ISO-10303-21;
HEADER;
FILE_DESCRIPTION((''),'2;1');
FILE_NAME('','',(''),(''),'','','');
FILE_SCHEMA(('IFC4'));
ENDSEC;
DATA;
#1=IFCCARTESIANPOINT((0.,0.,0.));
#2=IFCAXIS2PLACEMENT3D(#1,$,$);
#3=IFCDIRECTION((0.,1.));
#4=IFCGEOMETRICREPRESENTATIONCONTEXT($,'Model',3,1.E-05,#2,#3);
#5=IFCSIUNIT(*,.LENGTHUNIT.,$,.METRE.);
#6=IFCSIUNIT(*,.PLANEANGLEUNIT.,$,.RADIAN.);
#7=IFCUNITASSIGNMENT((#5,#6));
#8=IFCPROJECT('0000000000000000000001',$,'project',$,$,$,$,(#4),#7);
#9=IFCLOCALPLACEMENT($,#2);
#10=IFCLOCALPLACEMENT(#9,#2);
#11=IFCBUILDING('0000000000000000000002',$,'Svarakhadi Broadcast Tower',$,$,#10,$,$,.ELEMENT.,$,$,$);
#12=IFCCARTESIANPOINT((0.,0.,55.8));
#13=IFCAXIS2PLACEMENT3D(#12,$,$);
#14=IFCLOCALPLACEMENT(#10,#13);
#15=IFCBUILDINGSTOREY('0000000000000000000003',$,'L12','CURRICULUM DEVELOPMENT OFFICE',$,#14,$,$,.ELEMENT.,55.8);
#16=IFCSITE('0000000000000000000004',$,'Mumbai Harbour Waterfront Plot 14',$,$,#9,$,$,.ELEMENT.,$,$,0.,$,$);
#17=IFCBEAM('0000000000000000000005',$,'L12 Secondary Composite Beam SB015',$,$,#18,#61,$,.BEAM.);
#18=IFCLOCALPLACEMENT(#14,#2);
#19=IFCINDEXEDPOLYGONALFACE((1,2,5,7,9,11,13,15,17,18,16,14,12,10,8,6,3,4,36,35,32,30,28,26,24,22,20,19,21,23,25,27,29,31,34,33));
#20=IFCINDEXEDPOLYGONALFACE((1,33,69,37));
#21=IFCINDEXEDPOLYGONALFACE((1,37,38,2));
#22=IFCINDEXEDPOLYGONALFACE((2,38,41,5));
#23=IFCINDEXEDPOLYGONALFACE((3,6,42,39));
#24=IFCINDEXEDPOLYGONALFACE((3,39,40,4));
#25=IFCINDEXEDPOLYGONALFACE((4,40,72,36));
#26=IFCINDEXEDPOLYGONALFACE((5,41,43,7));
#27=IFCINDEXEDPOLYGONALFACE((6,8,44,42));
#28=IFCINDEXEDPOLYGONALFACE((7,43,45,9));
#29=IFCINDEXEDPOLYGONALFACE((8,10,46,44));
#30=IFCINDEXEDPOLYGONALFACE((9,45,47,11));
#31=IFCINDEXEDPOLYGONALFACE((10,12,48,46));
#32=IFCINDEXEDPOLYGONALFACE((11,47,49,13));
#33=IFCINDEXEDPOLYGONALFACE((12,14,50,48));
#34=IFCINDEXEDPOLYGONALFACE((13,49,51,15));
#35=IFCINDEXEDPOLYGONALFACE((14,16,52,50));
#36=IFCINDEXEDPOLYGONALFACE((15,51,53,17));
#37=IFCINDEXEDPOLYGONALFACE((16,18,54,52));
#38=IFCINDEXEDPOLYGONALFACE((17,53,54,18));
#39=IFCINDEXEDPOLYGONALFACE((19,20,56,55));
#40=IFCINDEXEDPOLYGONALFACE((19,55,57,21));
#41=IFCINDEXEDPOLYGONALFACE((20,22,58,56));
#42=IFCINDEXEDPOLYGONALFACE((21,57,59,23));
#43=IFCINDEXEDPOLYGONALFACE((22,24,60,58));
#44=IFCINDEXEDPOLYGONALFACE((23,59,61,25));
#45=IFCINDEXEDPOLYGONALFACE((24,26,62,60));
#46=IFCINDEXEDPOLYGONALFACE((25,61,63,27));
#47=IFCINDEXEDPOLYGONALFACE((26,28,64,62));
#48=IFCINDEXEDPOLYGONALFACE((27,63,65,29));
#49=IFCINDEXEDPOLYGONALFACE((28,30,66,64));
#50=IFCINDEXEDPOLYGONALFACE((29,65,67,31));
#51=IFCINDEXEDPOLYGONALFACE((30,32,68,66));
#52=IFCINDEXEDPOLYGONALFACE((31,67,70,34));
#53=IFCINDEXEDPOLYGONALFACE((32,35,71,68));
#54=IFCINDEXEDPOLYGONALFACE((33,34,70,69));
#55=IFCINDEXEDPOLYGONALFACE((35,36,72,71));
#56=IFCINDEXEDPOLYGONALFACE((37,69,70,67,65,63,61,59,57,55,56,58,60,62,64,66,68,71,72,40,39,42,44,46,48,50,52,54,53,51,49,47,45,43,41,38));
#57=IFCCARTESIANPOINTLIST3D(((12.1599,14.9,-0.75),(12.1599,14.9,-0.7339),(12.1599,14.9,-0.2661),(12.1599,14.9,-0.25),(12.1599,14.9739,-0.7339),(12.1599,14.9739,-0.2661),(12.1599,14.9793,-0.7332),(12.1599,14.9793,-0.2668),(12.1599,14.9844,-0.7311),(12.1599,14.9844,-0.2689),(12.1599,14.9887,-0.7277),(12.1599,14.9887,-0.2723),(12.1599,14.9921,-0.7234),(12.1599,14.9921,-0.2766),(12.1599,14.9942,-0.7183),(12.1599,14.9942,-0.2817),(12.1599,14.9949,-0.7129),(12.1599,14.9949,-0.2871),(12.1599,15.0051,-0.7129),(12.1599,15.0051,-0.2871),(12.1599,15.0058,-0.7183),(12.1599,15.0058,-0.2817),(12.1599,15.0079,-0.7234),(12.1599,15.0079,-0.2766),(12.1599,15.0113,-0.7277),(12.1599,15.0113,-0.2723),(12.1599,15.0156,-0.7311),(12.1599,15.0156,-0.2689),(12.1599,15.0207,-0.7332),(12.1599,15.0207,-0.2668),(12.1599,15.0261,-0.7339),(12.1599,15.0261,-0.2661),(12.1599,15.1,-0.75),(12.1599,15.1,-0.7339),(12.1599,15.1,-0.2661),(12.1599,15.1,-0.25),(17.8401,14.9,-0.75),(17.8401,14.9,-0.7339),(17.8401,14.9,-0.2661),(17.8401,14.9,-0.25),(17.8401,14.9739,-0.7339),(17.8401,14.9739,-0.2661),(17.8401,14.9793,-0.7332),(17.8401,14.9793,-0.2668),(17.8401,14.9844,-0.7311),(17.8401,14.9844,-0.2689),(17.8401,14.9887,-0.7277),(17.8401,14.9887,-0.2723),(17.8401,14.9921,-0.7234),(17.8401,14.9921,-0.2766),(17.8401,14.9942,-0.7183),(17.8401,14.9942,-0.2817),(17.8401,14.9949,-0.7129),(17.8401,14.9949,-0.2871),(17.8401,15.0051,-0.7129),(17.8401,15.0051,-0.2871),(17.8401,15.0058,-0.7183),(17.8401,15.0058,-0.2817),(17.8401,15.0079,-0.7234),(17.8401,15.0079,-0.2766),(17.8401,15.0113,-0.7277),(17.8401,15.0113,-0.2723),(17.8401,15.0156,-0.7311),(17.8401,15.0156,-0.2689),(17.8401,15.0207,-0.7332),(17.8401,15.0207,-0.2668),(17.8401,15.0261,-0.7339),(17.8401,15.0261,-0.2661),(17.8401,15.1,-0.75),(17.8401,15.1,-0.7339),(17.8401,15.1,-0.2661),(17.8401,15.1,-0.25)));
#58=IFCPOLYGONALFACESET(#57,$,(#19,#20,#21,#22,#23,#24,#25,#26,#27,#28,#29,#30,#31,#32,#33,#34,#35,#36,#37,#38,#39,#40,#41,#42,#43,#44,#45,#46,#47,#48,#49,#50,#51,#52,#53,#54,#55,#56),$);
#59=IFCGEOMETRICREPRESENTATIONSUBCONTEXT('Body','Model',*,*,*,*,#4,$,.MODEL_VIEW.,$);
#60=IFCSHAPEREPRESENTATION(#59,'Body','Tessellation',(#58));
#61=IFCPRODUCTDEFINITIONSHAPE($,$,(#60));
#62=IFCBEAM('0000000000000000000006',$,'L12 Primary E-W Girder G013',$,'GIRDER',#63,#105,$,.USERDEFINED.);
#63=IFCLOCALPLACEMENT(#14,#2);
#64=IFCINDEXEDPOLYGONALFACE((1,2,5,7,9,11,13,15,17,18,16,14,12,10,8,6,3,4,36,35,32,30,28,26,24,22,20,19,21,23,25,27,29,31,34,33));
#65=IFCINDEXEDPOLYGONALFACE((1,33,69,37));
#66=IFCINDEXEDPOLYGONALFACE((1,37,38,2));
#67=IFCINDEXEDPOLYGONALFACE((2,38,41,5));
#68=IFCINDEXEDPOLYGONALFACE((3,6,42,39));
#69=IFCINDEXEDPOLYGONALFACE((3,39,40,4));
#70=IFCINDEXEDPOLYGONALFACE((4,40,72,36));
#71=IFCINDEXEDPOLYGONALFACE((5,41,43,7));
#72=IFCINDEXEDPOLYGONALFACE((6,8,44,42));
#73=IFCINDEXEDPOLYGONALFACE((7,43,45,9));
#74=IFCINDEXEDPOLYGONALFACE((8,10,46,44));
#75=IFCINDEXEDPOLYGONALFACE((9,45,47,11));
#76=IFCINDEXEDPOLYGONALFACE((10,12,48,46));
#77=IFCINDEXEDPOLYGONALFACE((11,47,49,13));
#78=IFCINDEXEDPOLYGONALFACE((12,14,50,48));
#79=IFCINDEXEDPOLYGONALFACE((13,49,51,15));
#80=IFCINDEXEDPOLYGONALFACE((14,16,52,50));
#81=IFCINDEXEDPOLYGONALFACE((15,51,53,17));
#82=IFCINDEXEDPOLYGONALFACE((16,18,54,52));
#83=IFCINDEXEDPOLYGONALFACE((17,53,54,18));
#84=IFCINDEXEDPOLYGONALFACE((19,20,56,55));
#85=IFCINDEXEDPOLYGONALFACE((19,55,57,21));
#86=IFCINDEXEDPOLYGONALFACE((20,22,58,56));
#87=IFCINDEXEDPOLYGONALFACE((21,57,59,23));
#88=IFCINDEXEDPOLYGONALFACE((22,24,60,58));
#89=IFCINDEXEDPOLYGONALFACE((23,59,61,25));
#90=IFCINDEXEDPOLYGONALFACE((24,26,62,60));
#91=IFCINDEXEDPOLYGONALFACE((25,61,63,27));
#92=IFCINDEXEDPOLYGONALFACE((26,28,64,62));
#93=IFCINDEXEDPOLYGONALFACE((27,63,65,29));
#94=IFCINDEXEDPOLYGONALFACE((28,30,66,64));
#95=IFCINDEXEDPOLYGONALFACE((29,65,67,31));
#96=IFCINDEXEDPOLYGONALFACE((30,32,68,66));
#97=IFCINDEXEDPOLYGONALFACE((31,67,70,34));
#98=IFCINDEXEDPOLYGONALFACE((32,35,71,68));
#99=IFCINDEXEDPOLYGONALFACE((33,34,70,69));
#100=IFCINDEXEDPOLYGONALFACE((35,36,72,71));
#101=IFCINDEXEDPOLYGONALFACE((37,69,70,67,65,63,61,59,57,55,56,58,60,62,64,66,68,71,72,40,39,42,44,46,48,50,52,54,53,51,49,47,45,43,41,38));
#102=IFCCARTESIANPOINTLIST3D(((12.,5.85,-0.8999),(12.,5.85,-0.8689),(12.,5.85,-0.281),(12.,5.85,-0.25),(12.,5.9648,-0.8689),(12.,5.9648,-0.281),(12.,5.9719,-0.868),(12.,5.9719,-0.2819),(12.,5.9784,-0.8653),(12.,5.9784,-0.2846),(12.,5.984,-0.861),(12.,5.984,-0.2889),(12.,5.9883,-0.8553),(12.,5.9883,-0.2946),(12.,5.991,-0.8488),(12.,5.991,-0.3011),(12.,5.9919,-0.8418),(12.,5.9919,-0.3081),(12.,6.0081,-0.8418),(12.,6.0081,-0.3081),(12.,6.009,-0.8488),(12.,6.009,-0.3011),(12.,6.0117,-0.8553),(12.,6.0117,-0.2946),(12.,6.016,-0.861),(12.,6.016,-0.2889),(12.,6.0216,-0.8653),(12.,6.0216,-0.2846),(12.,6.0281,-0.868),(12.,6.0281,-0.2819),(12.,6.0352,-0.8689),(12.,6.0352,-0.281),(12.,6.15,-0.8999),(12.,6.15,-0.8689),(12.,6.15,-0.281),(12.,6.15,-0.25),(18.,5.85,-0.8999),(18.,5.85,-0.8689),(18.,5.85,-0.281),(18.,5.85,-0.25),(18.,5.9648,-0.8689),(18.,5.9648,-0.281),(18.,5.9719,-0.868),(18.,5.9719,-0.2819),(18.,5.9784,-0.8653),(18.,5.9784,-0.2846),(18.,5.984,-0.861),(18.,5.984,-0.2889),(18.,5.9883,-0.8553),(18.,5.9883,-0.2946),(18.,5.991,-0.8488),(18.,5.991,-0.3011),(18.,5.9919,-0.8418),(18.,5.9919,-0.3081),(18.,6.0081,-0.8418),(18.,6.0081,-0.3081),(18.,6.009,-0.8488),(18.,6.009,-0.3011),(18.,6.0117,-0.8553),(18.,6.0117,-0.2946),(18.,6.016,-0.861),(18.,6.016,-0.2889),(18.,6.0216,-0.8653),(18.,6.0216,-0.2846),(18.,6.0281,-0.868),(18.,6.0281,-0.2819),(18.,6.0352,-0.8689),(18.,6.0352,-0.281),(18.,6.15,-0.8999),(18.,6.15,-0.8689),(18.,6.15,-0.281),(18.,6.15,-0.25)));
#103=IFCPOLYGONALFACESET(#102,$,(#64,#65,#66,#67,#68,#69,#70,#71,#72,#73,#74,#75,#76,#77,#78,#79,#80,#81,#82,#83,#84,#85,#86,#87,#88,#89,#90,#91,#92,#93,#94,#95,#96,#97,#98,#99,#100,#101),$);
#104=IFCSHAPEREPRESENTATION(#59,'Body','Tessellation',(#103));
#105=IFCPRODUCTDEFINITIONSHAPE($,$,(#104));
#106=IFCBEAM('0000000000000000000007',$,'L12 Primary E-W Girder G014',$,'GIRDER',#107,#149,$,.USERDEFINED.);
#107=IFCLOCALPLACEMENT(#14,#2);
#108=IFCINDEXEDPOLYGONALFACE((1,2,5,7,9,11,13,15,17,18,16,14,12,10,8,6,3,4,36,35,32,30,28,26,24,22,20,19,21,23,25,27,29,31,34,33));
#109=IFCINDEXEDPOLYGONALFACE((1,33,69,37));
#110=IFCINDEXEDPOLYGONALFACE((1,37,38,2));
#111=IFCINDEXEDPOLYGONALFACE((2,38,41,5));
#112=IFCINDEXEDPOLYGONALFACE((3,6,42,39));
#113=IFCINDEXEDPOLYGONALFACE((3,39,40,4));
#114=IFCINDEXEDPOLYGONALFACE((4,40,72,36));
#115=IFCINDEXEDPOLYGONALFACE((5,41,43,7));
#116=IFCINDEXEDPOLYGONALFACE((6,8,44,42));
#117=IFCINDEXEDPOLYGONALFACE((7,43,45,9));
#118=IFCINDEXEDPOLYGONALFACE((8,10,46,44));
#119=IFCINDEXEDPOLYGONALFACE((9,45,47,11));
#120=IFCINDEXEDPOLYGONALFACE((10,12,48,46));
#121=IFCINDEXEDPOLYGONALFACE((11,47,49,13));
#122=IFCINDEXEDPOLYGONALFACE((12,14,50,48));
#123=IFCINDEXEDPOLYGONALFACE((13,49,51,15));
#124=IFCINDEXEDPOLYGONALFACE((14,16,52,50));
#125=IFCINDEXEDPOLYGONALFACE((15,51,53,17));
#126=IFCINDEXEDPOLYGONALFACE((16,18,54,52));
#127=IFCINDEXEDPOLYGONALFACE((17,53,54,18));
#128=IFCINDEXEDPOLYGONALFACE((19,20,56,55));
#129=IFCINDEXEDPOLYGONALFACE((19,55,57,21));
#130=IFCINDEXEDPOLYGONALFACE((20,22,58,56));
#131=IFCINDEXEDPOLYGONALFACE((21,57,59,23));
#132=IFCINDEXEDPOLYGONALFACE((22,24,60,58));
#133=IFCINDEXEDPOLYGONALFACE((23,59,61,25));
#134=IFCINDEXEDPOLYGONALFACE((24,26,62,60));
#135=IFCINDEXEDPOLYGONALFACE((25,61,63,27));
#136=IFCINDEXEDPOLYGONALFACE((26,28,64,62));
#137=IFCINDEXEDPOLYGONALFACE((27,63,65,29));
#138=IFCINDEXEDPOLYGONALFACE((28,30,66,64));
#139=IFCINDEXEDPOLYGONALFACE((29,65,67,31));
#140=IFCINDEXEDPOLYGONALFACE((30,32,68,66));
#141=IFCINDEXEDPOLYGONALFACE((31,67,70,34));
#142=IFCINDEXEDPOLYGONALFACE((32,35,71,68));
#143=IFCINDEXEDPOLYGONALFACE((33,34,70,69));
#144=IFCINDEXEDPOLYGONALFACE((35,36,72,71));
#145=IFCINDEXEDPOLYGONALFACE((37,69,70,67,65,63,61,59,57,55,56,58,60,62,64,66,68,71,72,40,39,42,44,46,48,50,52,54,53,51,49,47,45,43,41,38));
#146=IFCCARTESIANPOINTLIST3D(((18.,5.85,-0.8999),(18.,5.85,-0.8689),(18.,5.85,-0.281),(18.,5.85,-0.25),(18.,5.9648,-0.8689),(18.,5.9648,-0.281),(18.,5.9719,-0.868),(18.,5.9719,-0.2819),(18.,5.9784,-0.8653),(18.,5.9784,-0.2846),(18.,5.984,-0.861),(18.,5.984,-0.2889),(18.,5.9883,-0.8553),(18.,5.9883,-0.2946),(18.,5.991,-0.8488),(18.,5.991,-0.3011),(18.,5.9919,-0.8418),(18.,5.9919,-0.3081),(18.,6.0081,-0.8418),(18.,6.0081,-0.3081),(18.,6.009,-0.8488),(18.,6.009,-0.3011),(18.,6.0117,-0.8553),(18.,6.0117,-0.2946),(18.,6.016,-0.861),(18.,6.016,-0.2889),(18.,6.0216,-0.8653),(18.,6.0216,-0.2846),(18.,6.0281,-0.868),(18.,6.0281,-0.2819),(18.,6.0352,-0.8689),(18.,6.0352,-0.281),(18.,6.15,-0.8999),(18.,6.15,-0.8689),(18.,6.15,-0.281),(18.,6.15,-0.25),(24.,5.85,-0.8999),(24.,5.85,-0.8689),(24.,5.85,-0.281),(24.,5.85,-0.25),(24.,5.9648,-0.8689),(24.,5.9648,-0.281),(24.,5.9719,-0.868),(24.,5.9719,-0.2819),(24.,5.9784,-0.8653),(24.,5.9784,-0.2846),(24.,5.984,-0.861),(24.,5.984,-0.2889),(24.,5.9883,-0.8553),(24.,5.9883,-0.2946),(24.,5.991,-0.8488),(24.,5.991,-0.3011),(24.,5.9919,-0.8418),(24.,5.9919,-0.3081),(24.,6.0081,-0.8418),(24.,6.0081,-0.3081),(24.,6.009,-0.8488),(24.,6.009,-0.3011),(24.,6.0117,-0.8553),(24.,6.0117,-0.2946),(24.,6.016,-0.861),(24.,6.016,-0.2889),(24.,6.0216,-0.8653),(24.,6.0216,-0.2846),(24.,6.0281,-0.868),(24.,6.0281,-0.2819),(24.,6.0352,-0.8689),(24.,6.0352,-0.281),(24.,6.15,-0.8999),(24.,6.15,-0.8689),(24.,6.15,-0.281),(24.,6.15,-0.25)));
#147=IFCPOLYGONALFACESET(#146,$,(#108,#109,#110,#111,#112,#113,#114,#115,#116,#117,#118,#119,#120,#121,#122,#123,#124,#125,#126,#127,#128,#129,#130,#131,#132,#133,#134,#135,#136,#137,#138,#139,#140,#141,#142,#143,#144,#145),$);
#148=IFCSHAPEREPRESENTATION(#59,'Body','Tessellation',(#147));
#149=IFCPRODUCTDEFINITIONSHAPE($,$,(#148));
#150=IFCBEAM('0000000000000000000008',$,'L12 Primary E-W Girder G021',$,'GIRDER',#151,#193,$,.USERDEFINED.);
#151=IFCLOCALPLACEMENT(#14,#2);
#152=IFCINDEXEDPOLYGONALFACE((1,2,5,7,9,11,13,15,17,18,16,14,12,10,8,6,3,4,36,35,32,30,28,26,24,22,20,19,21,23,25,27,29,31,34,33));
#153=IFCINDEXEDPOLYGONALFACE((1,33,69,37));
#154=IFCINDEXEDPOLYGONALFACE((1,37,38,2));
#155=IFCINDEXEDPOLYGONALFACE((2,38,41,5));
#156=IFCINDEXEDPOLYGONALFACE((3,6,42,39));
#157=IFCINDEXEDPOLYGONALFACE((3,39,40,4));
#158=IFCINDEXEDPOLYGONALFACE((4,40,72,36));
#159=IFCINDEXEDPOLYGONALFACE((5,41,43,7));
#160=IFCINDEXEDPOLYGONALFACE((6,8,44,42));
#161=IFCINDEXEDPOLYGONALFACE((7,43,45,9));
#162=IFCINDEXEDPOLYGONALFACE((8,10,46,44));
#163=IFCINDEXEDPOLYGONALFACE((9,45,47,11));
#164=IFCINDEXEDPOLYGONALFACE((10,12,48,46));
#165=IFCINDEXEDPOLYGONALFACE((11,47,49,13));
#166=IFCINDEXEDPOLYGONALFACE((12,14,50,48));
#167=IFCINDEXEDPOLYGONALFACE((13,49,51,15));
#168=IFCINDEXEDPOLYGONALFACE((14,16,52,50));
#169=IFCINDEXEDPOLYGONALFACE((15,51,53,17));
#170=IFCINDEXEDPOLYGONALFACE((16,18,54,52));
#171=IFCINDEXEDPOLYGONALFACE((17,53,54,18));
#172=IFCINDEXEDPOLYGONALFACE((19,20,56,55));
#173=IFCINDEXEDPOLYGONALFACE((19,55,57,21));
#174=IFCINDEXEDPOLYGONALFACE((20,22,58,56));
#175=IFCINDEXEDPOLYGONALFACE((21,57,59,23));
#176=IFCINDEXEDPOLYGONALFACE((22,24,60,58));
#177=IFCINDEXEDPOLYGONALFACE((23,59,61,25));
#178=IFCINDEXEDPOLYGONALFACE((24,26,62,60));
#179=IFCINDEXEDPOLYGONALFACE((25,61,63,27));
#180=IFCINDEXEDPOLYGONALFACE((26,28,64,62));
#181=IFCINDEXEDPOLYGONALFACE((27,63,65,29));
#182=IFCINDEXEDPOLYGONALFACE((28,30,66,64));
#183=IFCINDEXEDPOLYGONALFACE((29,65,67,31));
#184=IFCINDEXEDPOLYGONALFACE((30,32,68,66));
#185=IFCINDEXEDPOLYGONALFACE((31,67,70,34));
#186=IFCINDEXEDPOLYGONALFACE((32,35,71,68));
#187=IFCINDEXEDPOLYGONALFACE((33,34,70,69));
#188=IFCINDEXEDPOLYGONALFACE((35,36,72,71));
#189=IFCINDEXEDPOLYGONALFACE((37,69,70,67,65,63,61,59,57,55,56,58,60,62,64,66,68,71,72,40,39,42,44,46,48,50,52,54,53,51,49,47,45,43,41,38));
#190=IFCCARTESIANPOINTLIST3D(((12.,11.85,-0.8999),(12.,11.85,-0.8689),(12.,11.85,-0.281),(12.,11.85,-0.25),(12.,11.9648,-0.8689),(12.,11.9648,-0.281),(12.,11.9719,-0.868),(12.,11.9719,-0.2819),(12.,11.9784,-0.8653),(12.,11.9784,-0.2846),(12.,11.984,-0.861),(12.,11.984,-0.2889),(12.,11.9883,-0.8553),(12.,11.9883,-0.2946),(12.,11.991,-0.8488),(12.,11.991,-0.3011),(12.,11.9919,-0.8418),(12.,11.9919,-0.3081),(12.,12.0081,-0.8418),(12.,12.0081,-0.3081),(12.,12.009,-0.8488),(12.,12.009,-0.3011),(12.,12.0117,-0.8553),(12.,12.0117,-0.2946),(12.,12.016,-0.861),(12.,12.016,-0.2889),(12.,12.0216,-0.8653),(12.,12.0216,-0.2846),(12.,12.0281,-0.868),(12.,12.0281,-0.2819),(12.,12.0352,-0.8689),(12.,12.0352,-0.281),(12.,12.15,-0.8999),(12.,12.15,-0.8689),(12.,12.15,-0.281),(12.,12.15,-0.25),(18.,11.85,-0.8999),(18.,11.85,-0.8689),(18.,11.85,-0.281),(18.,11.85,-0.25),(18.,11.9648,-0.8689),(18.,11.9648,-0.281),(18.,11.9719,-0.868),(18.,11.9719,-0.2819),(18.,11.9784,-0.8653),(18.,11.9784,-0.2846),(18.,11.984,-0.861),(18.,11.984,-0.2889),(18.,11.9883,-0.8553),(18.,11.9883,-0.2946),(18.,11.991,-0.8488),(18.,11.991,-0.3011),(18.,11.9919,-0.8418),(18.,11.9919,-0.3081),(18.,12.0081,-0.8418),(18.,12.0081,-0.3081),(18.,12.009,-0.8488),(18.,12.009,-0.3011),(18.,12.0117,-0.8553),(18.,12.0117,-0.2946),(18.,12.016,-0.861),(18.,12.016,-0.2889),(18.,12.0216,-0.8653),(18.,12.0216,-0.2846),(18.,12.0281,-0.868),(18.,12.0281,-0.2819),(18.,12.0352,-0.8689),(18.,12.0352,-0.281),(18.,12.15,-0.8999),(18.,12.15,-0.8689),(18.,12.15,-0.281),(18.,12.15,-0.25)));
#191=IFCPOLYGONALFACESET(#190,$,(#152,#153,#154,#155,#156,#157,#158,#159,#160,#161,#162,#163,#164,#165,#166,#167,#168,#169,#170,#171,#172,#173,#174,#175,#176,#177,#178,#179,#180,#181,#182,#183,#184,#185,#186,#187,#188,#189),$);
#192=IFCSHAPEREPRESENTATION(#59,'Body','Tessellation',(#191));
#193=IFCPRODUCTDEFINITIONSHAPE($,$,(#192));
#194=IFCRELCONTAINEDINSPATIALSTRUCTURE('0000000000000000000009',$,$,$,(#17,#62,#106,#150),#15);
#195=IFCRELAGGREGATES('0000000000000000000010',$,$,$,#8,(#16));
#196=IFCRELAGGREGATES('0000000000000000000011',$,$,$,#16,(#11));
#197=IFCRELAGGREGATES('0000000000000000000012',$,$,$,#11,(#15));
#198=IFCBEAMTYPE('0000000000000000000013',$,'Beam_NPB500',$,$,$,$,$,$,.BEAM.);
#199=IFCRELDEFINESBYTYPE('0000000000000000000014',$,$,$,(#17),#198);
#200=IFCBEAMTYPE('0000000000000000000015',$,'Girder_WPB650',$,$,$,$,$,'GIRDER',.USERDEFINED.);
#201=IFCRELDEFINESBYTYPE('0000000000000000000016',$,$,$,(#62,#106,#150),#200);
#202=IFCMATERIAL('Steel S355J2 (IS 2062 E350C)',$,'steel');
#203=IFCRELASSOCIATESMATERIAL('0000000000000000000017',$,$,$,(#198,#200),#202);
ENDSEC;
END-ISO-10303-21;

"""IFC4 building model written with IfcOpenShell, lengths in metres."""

from ifc_helpers import new_model, si_unit, direction, frame, origin, origin_2d, place, context, subcontext, project, spatial, i_section, extrude, material, material_profile, profile_set, type_object, element, save


model = new_model("IFC4")

# Units and contexts
model_context = context("Model", 3, precision=1e-05, world=origin(), true_north=direction((0.0, 1.0)))
body_context = subcontext(model_context, "Body", "Model", "MODEL_VIEW")
ifc_project = project(units=[si_unit("LENGTHUNIT", "METRE"), si_unit("PLANEANGLEUNIT", "RADIAN")], contexts=[model_context])

# Site, building, storey
site_placement = place(None, origin())
site = spatial("IfcSite", under=ifc_project, at=site_placement, Name="Mumbai Harbour Waterfront Plot 14", CompositionType="ELEMENT", RefElevation=0.0)
building_placement = place(site_placement, origin())
building = spatial("IfcBuilding", under=site, at=building_placement, Name="Svarakhadi Broadcast Tower", CompositionType="ELEMENT")
storey_placement = place(building_placement, frame((0.0, 0.0, 55.8)))
storey = spatial("IfcBuildingStorey", under=building, at=storey_placement, Name="L12", Description="CURRICULUM DEVELOPMENT OFFICE", CompositionType="ELEMENT", Elevation=55.8)

# Beams
ifc_material_1 = material(Name="Steel S355J2 (IS 2062 E350C)", Category="steel")
ifc_material_profile_1 = material_profile(ifc_material_1, i_section(OverallWidth=0.2, OverallDepth=0.5, WebThickness=0.0103, FlangeThickness=0.0161, FilletRadius=0.021, at=origin_2d()), Name="NPB 500x200x91")
ifc_profile_set_1 = profile_set([ifc_material_profile_1], Name="Steel S355J2 (IS 2062 E350C)")
beam_type_1 = type_object("IfcBeamType", Name="Beam_NPB500", PredefinedType="BEAM", material=ifc_profile_set_1)
for number, where, z_axis, x_axis, name in (
    (1, (12.1599, 15.0, -0.5), (1.0, 0.0, 0.0), (0.0, 1.0, 0.0), "L12 Secondary Composite Beam SB015"),
):
    element("IfcBeam", number, at=place(storey_placement, frame(where, z_axis=z_axis, x_axis=x_axis)), inside=storey, type_object=beam_type_1, Name=name, PredefinedType="BEAM", context=body_context, shape_type="SweptSolid", body=[
        extrude(i_section(OverallWidth=0.2, OverallDepth=0.5, WebThickness=0.0103, FlangeThickness=0.0161, FilletRadius=0.021, at=origin_2d()), origin(), (0.0, 0.0, 1.0), 5.6802),
    ])
ifc_material_profile_2 = material_profile(ifc_material_1, i_section(OverallWidth=0.3, OverallDepth=0.6499, WebThickness=0.0161, FlangeThickness=0.031, FilletRadius=0.0271, at=origin_2d()), Name="WPB 650x300x225")
ifc_profile_set_2 = profile_set([ifc_material_profile_2], Name="Steel S355J2 (IS 2062 E350C)")
beam_type_2 = type_object("IfcBeamType", Name="Girder_WPB650", ElementType="GIRDER", PredefinedType="USERDEFINED", material=ifc_profile_set_2)
for number, where, z_axis, x_axis, name in (
    (2, (12.0, 6.0, -0.575), (1.0, 0.0, 0.0), (0.0, 1.0, 0.0), "L12 Primary E-W Girder G013"),
    (3, (18.0, 6.0, -0.575), (1.0, 0.0, 0.0), (0.0, 1.0, 0.0), "L12 Primary E-W Girder G014"),
    (4, (12.0, 12.0, -0.575), (1.0, 0.0, 0.0), (0.0, 1.0, 0.0), "L12 Primary E-W Girder G021"),
):
    element("IfcBeam", number, at=place(storey_placement, frame(where, z_axis=z_axis, x_axis=x_axis)), inside=storey, type_object=beam_type_2, Name=name, ObjectType="GIRDER", PredefinedType="USERDEFINED", context=body_context, shape_type="SweptSolid", body=[
        extrude(i_section(OverallWidth=0.3, OverallDepth=0.6499, WebThickness=0.0161, FlangeThickness=0.031, FilletRadius=0.0271, at=origin_2d()), origin(), (0.0, 0.0, 1.0), 6.0),
    ])

save(model, "model.ifc")
